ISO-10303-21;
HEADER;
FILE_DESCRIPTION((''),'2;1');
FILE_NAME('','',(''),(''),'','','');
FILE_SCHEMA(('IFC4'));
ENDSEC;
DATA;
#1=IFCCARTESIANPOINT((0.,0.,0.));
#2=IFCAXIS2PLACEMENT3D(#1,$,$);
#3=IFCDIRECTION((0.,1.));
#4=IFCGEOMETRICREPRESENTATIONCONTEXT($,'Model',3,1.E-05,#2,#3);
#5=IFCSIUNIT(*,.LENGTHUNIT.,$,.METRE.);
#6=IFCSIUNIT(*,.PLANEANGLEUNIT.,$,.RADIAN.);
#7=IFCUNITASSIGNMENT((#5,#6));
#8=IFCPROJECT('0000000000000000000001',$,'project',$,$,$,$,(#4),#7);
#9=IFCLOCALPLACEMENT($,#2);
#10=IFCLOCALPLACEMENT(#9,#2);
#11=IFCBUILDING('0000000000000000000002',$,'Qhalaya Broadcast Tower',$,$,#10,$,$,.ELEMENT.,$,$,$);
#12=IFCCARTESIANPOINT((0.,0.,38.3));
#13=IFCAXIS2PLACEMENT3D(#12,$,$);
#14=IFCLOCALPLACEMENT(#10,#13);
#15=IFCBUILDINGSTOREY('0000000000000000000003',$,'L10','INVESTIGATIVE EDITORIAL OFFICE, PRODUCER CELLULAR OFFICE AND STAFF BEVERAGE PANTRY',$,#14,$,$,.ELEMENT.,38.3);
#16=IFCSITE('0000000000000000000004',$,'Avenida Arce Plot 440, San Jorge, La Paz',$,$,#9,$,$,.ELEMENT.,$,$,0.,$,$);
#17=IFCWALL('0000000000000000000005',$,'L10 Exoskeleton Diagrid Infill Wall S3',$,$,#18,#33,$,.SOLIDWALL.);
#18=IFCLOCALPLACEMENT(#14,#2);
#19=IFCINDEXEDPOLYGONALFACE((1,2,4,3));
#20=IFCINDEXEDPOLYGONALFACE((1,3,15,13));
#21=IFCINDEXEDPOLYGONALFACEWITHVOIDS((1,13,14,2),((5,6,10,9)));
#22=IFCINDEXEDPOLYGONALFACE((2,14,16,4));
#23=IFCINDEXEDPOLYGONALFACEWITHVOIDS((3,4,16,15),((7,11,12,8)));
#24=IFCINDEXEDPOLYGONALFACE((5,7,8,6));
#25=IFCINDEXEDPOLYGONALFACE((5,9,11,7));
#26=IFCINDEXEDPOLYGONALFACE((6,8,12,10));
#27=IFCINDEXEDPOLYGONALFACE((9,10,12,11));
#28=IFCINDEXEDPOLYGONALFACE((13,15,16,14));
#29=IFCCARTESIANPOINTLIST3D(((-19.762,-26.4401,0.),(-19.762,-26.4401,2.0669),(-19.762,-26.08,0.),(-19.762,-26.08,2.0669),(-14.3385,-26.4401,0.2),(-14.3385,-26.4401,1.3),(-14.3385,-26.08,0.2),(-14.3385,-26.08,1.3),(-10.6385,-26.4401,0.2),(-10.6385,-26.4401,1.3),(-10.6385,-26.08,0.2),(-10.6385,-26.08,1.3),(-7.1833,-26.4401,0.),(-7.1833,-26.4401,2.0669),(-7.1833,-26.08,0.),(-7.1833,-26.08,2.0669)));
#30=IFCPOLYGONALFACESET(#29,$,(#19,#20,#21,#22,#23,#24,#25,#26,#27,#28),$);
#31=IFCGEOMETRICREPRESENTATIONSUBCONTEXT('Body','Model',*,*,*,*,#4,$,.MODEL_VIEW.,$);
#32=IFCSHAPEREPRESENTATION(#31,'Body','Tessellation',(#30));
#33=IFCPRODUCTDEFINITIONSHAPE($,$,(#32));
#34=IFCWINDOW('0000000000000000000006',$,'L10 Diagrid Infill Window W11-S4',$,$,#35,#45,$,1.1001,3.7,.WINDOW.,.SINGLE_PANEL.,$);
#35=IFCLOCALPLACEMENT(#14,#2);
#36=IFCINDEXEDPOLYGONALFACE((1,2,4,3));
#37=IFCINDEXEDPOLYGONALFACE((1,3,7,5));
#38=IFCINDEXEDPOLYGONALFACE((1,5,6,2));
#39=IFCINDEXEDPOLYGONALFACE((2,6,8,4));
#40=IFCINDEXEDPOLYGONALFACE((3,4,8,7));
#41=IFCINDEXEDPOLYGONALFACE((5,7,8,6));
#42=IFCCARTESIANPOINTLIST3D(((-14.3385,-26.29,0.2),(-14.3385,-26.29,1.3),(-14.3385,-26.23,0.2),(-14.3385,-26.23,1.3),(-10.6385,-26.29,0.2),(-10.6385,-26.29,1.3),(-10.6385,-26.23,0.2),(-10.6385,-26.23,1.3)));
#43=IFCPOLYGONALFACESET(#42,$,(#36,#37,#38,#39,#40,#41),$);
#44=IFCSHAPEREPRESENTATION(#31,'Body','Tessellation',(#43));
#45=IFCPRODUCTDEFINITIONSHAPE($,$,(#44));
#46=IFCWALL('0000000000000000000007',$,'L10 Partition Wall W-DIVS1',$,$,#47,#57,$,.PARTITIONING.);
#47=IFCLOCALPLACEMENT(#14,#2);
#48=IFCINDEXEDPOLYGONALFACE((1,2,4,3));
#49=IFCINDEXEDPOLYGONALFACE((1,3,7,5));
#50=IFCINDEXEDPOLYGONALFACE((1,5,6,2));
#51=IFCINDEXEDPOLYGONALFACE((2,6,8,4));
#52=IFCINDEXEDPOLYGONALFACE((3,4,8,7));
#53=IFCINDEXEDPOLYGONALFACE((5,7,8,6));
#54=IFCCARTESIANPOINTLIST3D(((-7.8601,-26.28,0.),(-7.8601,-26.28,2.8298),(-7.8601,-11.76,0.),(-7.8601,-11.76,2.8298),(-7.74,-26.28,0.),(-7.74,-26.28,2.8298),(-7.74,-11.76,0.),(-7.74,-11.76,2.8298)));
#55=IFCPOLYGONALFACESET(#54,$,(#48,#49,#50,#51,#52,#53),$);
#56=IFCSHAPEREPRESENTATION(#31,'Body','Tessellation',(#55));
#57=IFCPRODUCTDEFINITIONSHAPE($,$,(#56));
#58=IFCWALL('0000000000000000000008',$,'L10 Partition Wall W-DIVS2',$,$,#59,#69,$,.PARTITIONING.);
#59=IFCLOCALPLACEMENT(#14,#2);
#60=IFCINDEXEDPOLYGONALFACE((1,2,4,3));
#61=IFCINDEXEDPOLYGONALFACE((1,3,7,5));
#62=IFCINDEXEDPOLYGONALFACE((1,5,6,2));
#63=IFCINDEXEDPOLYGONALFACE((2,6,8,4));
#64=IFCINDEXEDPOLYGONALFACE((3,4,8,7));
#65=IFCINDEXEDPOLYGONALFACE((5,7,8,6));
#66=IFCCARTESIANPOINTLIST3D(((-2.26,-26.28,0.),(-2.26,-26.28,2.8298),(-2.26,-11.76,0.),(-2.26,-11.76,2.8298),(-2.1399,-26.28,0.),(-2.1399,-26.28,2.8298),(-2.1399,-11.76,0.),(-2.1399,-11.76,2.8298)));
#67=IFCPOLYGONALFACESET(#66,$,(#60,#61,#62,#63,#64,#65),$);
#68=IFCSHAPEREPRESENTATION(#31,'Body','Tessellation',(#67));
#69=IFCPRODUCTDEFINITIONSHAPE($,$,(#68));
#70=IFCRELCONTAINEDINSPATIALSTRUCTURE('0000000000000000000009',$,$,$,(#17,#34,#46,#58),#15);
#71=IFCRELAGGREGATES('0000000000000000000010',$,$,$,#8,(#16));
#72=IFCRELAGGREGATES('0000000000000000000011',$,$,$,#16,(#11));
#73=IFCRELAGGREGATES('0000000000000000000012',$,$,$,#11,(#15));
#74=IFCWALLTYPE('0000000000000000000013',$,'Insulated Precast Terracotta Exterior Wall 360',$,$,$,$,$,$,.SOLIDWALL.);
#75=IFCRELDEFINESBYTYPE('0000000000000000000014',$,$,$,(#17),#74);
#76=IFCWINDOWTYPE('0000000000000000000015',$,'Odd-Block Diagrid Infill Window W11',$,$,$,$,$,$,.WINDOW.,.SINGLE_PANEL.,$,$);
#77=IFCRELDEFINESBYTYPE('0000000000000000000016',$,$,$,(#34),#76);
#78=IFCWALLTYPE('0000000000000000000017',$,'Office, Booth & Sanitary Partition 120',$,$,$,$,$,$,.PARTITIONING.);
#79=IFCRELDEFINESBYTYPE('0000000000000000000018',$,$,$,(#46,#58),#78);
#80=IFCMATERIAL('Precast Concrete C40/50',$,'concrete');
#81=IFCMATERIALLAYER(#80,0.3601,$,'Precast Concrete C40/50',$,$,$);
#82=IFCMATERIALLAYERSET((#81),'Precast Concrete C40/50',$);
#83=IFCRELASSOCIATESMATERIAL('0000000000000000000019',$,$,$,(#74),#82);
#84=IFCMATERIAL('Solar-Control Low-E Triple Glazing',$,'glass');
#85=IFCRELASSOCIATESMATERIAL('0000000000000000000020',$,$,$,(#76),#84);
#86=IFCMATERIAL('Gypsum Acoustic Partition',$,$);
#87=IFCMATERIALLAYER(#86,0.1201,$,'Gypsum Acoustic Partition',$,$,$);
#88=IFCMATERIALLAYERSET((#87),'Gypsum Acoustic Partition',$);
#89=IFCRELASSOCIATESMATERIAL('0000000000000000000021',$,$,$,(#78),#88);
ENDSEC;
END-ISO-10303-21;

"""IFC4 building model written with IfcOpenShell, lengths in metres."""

from ifc_helpers import new_model, si_unit, direction, frame, frame_2d, origin, place, context, subcontext, project, spatial, rectangle, extrude, material, layer, layer_set, type_object, element, fill, save


model = new_model("IFC4")

# Units and contexts
model_context = context("Model", 3, precision=1e-05, world=origin(), true_north=direction((0.0, 1.0)))
body_context = subcontext(model_context, "Body", "Model", "MODEL_VIEW")
ifc_project = project(units=[si_unit("LENGTHUNIT", "METRE"), si_unit("PLANEANGLEUNIT", "RADIAN")], contexts=[model_context])

# Site, building, storey
site_placement = place(None, origin())
site = spatial("IfcSite", under=ifc_project, at=site_placement, Name="Avenida Arce Plot 440, San Jorge, La Paz", CompositionType="ELEMENT", RefElevation=0.0)
building_placement = place(site_placement, origin())
building = spatial("IfcBuilding", under=site, at=building_placement, Name="Qhalaya Broadcast Tower", CompositionType="ELEMENT")
storey_placement = place(building_placement, frame((0.0, 0.0, 38.3)))
storey = spatial("IfcBuildingStorey", under=building, at=storey_placement, Name="L10", Description="INVESTIGATIVE EDITORIAL OFFICE, PRODUCER CELLULAR OFFICE AND STAFF BEVERAGE PANTRY", CompositionType="ELEMENT", Elevation=38.3)

# Shared definitions
ifc_material_1 = material(Name="Gypsum Acoustic Partition")

# Wall, opening, window
ifc_material_2 = material(Name="Precast Concrete C40/50", Category="concrete")
ifc_layer_1 = layer(ifc_material_2, 0.3601, Name="Precast Concrete C40/50")
ifc_layer_set_1 = layer_set([ifc_layer_1], Name="Precast Concrete C40/50")
wall_type_1 = type_object("IfcWallType", Name="Insulated Precast Terracotta Exterior Wall 360", PredefinedType="SOLIDWALL", material=ifc_layer_set_1)
wall_1_placement = place(storey_placement, frame((-7.1833, -26.26, 0.0), z_axis=(0.0, 0.0, 1.0), x_axis=(-1.0, 0.0, 0.0)))
wall_1 = element("IfcWall", 1, at=wall_1_placement, inside=storey, type_object=wall_type_1, Name="L10 Exoskeleton Diagrid Infill Wall S3", PredefinedType="SOLIDWALL", context=body_context, shape_type="SweptSolid", body=[
    extrude(rectangle(XDim=12.5786, YDim=0.3601, at=frame_2d((6.2893, 0.0))), origin(), (0.0, 0.0, 1.0), 2.0669),
])
opening_1_placement = place(wall_1_placement, frame((3.4551, 0.0, 0.2)))
opening_1 = element("IfcOpeningElement", 2, at=opening_1_placement, cuts=wall_1, PredefinedType="OPENING", context=body_context, shape_type="SweptSolid", body=[
    extrude(rectangle(XDim=3.7, YDim=1.1001, at=frame_2d((1.8501, 0.55))), frame((0.0, 0.1921, 0.0), z_axis=(0.0, -1.0, 0.0), x_axis=(1.0, 0.0, 0.0)), (0.0, 0.0, 1.0), 0.384),
])
ifc_material_3 = material(Name="Solar-Control Low-E Triple Glazing", Category="glass")
window_type = type_object("IfcWindowType", Name="Odd-Block Diagrid Infill Window W11", PartitioningType="SINGLE_PANEL", PredefinedType="WINDOW", material=ifc_material_3)
window_placement = place(opening_1_placement, origin())
window = element("IfcWindow", 3, at=window_placement, inside=storey, type_object=window_type, Name="L10 Diagrid Infill Window W11-S4", OverallHeight=1.1001, OverallWidth=3.7, PartitioningType="SINGLE_PANEL", PredefinedType="WINDOW", context=body_context, shape_type="SweptSolid", body=[
    extrude(rectangle(XDim=3.7, YDim=1.1001, at=frame_2d((1.8501, 0.55))), frame((0.0, 0.03, 0.0), z_axis=(0.0, -1.0, 0.0), x_axis=(1.0, 0.0, 0.0)), (0.0, 0.0, 1.0), 0.0601),
])
fill(opening_1, window)

# Walls
ifc_layer_2 = layer(ifc_material_1, 0.1201, Name="Gypsum Acoustic Partition")
ifc_layer_set_2 = layer_set([ifc_layer_2], Name="Gypsum Acoustic Partition")
wall_type_2 = type_object("IfcWallType", Name="Office, Booth & Sanitary Partition 120", PredefinedType="PARTITIONING", material=ifc_layer_set_2)
for number, where, z_axis, x_axis, name in (
    (4, (-7.8, -26.28, 0.0), (0.0, 0.0, 1.0), (0.0, 1.0, 0.0), "L10 Partition Wall W-DIVS1"),
    (5, (-2.2, -26.28, 0.0), (0.0, 0.0, 1.0), (0.0, 1.0, 0.0), "L10 Partition Wall W-DIVS2"),
):
    element("IfcWall", number, at=place(storey_placement, frame(where, z_axis=z_axis, x_axis=x_axis)), inside=storey, type_object=wall_type_2, Name=name, PredefinedType="PARTITIONING", context=body_context, shape_type="SweptSolid", body=[
        extrude(rectangle(XDim=14.52, YDim=0.1201, at=frame_2d((7.26, 0.0))), origin(), (0.0, 0.0, 1.0), 2.8298),
    ])

save(model, "model.ifc")
